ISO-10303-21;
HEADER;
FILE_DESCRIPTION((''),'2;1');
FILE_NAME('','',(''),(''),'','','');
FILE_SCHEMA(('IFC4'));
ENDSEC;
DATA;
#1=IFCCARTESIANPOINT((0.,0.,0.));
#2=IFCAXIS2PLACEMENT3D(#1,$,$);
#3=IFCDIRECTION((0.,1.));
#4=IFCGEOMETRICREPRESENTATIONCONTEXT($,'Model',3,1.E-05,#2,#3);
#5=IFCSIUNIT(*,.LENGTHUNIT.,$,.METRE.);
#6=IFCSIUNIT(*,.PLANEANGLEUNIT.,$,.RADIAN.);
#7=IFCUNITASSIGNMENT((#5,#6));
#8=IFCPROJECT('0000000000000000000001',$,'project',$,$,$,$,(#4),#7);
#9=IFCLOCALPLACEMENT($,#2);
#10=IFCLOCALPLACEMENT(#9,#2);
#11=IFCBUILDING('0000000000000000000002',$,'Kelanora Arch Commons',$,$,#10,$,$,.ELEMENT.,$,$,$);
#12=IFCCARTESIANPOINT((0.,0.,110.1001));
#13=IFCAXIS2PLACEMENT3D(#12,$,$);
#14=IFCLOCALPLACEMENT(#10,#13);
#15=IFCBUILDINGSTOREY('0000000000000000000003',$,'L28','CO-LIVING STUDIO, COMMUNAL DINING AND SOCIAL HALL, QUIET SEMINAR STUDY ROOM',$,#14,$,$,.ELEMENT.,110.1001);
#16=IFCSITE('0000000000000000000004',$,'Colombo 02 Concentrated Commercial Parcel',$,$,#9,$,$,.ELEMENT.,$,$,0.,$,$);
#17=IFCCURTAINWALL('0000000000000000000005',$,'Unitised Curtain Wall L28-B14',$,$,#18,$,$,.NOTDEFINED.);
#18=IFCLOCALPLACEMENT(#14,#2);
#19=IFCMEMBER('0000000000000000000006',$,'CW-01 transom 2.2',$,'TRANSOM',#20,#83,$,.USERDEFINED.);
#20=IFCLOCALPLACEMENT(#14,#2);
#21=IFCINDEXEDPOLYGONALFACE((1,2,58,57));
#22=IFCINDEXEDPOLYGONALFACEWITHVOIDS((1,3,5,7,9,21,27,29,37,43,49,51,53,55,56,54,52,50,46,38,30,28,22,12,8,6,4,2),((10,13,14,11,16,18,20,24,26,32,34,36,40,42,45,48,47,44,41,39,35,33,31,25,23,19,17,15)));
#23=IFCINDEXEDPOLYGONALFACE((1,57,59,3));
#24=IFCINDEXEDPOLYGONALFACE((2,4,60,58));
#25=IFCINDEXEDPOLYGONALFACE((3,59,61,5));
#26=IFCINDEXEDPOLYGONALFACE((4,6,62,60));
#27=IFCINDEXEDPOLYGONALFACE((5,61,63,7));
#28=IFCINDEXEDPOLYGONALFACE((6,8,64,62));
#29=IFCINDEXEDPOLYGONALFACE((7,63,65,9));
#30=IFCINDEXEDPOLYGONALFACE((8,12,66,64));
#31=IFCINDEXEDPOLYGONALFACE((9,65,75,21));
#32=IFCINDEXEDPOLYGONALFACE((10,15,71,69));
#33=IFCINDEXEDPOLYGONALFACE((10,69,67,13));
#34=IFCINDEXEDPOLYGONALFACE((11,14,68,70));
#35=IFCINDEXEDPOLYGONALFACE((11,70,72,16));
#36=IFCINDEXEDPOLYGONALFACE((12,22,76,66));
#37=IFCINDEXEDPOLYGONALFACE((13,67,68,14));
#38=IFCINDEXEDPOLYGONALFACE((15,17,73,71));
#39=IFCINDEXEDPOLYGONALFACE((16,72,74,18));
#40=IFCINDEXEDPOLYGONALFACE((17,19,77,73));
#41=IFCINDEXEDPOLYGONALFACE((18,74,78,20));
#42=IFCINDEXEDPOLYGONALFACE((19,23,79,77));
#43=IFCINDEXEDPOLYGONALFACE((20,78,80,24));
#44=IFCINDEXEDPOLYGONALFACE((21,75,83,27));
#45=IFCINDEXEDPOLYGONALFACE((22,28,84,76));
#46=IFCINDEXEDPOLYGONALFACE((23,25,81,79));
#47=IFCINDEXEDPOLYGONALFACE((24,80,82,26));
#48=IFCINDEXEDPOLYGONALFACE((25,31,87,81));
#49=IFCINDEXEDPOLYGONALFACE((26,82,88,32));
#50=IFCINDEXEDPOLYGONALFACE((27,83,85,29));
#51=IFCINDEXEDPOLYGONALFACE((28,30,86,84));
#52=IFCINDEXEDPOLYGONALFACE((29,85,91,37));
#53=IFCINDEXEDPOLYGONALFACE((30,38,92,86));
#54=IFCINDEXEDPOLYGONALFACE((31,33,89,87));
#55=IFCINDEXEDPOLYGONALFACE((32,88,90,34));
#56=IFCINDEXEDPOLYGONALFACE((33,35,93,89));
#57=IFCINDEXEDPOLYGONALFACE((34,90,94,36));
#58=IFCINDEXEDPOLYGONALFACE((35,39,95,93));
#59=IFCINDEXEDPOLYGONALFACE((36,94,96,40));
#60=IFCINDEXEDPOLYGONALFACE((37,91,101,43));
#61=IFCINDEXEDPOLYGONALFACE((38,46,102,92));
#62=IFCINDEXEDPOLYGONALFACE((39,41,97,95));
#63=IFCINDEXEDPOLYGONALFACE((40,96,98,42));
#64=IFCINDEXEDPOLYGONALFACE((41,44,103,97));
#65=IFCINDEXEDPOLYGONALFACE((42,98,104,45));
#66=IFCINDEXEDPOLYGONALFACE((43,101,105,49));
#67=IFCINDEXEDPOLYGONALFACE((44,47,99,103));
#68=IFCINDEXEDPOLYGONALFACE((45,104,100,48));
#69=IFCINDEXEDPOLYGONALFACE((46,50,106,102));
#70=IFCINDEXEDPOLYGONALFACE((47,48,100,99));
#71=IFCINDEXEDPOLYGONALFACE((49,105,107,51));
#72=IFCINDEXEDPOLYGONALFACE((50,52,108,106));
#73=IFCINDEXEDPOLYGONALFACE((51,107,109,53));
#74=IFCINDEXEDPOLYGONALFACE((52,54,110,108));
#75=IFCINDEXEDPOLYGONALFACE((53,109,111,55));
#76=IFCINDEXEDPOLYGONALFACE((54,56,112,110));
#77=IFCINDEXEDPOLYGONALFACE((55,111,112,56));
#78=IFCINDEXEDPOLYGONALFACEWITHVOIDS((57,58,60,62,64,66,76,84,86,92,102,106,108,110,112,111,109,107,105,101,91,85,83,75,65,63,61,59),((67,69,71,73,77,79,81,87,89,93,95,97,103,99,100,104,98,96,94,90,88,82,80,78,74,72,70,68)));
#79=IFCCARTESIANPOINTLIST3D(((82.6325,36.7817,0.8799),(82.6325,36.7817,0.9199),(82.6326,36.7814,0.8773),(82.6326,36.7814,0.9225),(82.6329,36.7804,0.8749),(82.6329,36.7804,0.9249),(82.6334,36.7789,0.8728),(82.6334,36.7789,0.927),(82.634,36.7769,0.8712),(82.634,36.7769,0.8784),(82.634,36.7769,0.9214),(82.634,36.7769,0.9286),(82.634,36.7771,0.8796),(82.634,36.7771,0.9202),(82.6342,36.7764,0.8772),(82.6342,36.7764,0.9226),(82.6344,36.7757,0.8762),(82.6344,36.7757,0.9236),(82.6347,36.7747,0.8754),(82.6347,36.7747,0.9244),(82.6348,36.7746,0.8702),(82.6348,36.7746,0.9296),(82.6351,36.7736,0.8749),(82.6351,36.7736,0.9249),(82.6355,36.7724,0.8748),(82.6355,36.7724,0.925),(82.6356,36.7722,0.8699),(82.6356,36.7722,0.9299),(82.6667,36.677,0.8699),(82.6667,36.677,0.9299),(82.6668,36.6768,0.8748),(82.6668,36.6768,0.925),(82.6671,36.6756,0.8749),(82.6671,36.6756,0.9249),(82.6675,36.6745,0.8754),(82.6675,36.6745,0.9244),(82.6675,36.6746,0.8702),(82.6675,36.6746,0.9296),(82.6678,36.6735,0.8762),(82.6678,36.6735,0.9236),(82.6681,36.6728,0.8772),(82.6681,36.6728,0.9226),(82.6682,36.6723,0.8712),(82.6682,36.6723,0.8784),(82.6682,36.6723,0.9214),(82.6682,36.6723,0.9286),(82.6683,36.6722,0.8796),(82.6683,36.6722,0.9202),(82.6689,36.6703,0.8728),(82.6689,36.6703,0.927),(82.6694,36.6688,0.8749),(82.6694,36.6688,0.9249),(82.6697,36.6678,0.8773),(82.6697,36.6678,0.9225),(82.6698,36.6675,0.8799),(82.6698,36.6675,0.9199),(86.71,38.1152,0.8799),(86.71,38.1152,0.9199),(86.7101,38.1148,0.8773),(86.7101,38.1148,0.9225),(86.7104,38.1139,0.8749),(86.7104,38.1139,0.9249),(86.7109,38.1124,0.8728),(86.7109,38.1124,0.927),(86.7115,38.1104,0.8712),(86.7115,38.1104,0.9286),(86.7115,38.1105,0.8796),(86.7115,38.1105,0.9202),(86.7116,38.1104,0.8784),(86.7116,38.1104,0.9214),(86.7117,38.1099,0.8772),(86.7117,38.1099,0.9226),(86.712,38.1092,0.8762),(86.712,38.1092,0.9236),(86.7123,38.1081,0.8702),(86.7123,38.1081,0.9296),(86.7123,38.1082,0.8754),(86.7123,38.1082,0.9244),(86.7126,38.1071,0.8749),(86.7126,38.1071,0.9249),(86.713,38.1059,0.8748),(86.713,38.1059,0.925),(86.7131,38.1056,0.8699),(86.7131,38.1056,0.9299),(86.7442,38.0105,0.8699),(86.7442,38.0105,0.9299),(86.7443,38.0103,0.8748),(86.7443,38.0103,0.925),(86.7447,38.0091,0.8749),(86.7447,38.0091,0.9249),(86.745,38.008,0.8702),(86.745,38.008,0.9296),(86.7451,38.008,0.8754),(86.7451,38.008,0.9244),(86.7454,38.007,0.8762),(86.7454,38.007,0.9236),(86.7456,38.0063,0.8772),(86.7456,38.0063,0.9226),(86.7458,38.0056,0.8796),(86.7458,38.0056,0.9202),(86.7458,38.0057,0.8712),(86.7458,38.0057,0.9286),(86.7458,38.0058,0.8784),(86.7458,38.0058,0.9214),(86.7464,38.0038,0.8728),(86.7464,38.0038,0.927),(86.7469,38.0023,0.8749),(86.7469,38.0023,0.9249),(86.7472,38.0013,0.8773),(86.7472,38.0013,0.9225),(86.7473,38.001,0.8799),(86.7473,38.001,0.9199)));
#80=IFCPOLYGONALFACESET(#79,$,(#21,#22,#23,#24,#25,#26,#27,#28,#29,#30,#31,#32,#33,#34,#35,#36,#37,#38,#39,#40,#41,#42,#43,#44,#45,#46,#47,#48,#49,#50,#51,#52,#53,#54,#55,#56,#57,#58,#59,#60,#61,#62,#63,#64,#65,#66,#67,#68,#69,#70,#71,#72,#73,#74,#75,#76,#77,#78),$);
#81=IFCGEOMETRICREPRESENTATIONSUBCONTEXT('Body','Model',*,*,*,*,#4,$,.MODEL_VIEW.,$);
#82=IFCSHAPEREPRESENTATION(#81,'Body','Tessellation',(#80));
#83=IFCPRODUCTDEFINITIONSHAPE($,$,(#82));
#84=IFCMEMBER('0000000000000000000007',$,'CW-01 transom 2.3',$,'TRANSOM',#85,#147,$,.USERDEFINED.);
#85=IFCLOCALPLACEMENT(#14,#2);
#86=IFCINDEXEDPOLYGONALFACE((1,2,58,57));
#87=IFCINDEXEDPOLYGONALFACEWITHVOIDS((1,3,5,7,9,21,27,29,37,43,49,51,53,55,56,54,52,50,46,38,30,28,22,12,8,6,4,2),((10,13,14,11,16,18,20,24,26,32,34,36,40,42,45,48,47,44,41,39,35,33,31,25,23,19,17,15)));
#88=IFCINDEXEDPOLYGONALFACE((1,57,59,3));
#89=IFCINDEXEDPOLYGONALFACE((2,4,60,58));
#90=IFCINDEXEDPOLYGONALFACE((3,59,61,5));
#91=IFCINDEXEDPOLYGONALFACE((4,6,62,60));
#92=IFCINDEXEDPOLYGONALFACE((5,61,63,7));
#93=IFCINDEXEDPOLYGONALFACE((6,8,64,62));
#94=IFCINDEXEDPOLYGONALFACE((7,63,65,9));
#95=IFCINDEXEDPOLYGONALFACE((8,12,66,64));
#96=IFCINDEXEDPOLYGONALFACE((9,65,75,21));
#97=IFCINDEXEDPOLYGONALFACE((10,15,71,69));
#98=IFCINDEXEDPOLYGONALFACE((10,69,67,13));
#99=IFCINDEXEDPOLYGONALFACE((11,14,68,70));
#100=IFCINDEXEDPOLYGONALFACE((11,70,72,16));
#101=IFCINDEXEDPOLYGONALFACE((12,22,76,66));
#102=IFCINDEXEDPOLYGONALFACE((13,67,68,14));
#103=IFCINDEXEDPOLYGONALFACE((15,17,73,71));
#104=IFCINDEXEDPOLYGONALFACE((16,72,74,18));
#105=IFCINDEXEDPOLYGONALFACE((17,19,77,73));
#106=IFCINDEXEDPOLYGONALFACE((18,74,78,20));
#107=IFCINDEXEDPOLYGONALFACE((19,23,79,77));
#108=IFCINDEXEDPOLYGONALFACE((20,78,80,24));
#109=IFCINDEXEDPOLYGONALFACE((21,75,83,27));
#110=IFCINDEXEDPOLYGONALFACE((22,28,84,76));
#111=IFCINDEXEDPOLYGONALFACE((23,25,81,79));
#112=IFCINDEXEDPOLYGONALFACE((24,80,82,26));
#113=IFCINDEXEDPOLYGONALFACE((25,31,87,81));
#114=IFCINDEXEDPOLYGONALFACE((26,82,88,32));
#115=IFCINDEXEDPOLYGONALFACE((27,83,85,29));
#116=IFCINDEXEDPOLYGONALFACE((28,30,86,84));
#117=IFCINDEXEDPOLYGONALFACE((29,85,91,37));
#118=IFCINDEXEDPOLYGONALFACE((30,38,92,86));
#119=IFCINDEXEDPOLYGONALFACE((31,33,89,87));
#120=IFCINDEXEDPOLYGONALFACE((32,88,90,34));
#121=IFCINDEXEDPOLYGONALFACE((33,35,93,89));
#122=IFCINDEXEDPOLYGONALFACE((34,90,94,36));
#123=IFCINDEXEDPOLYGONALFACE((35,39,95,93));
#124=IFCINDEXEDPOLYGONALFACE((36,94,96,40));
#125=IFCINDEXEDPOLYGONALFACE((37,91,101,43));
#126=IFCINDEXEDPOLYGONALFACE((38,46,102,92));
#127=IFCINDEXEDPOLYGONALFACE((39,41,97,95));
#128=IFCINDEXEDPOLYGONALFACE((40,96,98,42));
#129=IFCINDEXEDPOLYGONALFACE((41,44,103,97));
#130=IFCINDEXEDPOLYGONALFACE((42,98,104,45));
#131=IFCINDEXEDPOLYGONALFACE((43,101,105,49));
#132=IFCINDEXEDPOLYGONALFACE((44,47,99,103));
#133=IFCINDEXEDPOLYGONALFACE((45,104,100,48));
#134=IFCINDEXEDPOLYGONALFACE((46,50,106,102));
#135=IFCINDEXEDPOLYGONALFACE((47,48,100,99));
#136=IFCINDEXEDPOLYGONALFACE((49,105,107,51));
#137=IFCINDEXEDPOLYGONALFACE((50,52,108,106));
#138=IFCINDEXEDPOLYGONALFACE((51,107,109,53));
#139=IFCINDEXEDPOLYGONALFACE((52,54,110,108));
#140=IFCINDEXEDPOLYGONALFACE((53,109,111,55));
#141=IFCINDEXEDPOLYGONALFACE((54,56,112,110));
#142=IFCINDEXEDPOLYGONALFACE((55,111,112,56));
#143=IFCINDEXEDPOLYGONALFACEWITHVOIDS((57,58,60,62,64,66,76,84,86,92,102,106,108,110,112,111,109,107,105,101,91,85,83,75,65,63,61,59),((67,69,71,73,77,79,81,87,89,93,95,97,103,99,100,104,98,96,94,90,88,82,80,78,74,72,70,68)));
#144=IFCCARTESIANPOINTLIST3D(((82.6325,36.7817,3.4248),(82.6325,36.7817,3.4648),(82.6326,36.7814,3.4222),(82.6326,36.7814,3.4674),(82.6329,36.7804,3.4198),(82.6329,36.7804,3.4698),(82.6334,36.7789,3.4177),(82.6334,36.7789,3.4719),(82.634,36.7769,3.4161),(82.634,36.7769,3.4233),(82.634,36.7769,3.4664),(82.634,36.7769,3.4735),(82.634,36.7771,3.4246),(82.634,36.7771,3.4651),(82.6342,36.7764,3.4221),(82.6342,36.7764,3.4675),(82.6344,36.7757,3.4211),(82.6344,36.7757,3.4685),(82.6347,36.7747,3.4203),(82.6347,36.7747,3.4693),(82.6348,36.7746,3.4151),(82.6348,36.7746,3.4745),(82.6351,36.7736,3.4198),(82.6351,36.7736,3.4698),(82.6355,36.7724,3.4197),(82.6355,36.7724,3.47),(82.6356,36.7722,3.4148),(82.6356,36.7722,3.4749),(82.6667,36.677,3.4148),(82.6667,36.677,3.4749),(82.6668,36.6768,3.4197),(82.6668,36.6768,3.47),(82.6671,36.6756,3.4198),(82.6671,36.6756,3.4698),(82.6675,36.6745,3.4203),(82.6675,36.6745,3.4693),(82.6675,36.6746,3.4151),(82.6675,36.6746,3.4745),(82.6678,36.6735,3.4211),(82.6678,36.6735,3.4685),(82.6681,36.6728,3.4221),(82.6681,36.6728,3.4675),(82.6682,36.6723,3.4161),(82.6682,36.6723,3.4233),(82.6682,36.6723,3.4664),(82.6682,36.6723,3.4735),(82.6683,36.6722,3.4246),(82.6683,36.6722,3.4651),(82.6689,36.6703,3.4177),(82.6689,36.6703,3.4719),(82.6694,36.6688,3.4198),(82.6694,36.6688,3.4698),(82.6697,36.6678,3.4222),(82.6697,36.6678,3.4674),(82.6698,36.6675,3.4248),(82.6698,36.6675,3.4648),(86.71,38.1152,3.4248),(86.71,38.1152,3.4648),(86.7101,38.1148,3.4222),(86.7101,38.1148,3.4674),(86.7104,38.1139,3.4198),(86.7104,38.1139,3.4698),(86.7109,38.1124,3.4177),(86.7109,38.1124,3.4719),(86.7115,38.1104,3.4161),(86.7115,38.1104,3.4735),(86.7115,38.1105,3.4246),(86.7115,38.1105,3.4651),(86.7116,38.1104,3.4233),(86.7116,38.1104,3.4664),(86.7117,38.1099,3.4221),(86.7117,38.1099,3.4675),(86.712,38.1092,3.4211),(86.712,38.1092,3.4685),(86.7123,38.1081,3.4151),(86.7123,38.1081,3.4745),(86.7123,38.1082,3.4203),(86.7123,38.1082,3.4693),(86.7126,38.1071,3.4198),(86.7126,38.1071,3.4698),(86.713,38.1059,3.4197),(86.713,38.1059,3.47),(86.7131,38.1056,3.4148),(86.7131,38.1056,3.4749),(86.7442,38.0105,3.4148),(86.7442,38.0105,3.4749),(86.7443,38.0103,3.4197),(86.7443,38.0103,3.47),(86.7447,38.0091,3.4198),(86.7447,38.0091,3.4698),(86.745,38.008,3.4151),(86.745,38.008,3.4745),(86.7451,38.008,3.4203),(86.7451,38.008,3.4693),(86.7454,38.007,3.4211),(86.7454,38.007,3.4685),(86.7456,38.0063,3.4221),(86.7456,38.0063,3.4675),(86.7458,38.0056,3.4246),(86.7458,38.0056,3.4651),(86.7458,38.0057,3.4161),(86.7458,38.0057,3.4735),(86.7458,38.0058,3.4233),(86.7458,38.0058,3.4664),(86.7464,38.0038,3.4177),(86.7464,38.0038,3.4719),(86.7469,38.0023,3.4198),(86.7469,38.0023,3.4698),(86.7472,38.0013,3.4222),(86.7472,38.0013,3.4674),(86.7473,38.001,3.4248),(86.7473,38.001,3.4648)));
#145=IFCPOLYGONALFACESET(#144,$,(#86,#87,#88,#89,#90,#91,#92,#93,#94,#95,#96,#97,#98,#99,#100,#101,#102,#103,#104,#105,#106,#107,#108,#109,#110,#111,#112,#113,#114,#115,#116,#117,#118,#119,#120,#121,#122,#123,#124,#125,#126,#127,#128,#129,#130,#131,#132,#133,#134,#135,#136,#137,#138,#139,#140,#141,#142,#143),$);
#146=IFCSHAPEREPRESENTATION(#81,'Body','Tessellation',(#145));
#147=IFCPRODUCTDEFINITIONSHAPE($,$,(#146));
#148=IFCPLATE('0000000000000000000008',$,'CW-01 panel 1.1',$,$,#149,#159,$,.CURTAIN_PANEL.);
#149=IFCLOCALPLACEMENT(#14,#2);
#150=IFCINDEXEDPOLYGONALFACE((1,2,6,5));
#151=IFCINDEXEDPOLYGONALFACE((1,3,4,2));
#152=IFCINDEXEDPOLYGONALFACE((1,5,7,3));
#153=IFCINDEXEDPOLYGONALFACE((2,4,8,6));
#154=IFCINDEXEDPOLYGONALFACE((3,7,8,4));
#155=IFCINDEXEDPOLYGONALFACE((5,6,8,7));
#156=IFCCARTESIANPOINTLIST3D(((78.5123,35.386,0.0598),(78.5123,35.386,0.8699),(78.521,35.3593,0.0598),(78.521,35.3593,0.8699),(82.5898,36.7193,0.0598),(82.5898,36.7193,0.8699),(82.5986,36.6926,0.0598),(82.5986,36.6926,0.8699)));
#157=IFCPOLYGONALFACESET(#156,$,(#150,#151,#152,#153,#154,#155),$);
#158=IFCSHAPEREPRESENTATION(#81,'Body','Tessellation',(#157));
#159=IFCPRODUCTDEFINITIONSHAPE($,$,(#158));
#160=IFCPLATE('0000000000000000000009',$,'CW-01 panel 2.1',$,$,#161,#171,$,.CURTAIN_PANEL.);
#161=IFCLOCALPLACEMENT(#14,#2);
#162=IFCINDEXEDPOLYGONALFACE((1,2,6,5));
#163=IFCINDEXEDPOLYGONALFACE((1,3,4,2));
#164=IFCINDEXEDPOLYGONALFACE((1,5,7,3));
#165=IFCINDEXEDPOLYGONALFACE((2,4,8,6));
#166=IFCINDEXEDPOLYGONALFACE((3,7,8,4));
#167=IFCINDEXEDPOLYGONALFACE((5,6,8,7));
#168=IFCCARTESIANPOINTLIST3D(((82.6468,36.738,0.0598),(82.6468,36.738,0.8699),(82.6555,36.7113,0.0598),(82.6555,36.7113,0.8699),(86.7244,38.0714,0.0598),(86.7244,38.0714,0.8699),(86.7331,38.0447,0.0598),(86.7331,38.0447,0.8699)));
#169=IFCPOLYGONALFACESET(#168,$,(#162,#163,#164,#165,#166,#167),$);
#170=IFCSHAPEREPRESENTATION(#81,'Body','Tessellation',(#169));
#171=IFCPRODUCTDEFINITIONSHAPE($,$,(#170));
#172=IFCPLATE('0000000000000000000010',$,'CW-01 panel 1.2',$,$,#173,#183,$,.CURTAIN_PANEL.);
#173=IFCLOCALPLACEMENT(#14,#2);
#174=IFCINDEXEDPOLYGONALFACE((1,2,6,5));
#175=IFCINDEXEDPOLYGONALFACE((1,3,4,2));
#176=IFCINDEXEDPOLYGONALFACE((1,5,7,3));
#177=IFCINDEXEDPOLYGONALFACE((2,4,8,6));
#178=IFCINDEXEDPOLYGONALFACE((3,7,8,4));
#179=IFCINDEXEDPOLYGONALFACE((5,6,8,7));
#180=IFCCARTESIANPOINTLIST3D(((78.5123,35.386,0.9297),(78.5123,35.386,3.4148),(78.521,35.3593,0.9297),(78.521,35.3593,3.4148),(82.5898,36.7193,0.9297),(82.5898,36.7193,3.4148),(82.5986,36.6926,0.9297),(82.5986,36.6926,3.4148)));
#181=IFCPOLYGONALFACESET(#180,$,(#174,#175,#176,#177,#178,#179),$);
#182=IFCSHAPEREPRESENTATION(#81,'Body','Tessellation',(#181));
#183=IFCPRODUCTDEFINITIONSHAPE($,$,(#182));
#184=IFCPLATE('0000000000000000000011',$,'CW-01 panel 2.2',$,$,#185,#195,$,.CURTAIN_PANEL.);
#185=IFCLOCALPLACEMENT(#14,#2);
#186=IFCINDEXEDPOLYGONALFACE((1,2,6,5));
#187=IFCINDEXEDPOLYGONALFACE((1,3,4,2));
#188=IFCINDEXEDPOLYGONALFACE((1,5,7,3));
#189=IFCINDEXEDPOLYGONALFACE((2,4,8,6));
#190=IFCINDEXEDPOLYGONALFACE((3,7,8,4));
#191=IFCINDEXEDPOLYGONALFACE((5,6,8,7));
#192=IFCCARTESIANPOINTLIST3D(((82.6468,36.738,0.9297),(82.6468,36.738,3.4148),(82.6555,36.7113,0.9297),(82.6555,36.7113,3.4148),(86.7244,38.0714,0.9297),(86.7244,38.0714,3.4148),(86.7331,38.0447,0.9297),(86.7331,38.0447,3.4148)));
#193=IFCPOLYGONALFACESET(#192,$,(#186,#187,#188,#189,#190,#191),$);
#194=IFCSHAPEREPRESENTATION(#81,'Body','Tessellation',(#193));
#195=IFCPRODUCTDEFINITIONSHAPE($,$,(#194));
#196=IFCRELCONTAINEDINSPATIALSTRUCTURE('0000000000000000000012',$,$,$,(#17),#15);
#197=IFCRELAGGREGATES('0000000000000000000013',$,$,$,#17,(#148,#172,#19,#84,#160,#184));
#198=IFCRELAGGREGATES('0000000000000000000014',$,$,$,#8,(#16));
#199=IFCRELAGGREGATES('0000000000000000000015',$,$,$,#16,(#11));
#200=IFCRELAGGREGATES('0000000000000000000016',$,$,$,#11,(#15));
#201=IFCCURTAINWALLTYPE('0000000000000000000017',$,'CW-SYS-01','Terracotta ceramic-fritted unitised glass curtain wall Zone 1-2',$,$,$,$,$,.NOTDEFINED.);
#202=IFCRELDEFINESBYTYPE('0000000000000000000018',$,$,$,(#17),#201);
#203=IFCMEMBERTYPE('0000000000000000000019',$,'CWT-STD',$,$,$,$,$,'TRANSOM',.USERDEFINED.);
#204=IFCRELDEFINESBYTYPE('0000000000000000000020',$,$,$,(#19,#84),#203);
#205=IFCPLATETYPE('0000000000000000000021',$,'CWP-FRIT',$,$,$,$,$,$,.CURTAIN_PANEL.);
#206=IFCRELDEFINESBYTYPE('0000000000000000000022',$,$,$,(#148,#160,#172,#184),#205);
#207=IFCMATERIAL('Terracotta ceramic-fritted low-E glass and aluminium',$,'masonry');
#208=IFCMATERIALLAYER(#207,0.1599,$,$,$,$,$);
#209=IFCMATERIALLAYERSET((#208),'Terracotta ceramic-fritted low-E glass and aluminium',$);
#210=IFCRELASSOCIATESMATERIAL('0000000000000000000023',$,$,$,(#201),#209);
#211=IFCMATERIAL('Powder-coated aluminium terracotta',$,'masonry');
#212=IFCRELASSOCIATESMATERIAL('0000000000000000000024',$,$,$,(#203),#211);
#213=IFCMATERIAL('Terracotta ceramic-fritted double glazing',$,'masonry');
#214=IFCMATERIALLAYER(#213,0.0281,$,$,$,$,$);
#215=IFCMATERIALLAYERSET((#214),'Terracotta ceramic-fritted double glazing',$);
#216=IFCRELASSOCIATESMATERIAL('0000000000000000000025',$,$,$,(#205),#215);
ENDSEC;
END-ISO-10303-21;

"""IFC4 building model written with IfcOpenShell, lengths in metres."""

from ifc_helpers import new_model, si_unit, direction, frame, origin, origin_2d, place, context, subcontext, project, spatial, rectangle, hollow_rectangle, extrude, source, transform, mapped, material, layer, layer_set, material_profile, profile_set, type_object, element, aggregate, save


model = new_model("IFC4")

# Units and contexts
model_context = context("Model", 3, precision=1e-05, world=origin(), true_north=direction((0.0, 1.0)))
body_context = subcontext(model_context, "Body", "Model", "MODEL_VIEW")
ifc_project = project(units=[si_unit("LENGTHUNIT", "METRE"), si_unit("PLANEANGLEUNIT", "RADIAN")], contexts=[model_context])

# Site, building, storey
site_placement = place(None, origin())
site = spatial("IfcSite", under=ifc_project, at=site_placement, Name="Colombo 02 Concentrated Commercial Parcel", CompositionType="ELEMENT", RefElevation=0.0)
building_placement = place(site_placement, origin())
building = spatial("IfcBuilding", under=site, at=building_placement, Name="Kelanora Arch Commons", CompositionType="ELEMENT")
storey_placement = place(building_placement, frame((0.0, 0.0, 110.1001)))
storey = spatial("IfcBuildingStorey", under=building, at=storey_placement, Name="L28", Description="CO-LIVING STUDIO, COMMUNAL DINING AND SOCIAL HALL, QUIET SEMINAR STUDY ROOM", CompositionType="ELEMENT", Elevation=110.1001)

# Curtain wall, members, plates
ifc_material_1 = material(Name="Terracotta ceramic-fritted low-E glass and aluminium", Category="masonry")
ifc_layer_1 = layer(ifc_material_1, 0.1599)
ifc_layer_set_1 = layer_set([ifc_layer_1], Name="Terracotta ceramic-fritted low-E glass and aluminium")
curtain_wall_type = type_object("IfcCurtainWallType", Name="CW-SYS-01", Description="Terracotta ceramic-fritted unitised glass curtain wall Zone 1-2", PredefinedType="NOTDEFINED", material=ifc_layer_set_1)
curtain_wall_placement = place(storey_placement, origin())
curtain_wall = element("IfcCurtainWall", 1, at=curtain_wall_placement, inside=storey, type_object=curtain_wall_type, Name="Unitised Curtain Wall L28-B14", PredefinedType="NOTDEFINED")
ifc_material_2 = material(Name="Powder-coated aluminium terracotta", Category="masonry")
ifc_material_profile_1 = material_profile(ifc_material_2, hollow_rectangle(XDim=0.1201, YDim=0.0601, WallThickness=0.0049, InnerFilletRadius=0.0049, OuterFilletRadius=0.01, at=origin_2d()), Name="CWT120x60")
ifc_profile_set_1 = profile_set([ifc_material_profile_1], Name="Powder-coated aluminium terracotta")
member_type_1 = type_object("IfcMemberType", Name="CWT-STD", ElementType="TRANSOM", PredefinedType="USERDEFINED", material=ifc_profile_set_1)
member_1_placement = place(storey_placement, frame((82.6511, 36.7246, 0.8999), z_axis=(0.950466, 0.310828, 0.0), x_axis=(-0.310828, 0.950466, 0.0)))
member_1 = element("IfcMember", 2, at=member_1_placement, type_object=member_type_1, Name="CW-01 transom 2.2", ObjectType="TRANSOM", PredefinedType="USERDEFINED", context=body_context, shape_type="SweptSolid", body=[
    extrude(hollow_rectangle(XDim=0.1201, YDim=0.0601, WallThickness=0.0049, InnerFilletRadius=0.0049, OuterFilletRadius=0.01, at=origin_2d()), origin(), (0.0, 0.0, 1.0), 4.29),
])
member_2_placement = place(storey_placement, frame((82.6511, 36.7246, 3.4448), z_axis=(0.950466, 0.310828, 0.0), x_axis=(-0.310828, 0.950466, 0.0)))
member_2 = element("IfcMember", 3, at=member_2_placement, type_object=member_type_1, Name="CW-01 transom 2.3", ObjectType="TRANSOM", PredefinedType="USERDEFINED", context=body_context, shape_type="SweptSolid", body=[
    extrude(hollow_rectangle(XDim=0.1201, YDim=0.0601, WallThickness=0.0049, InnerFilletRadius=0.0049, OuterFilletRadius=0.01, at=origin_2d()), origin(), (0.0, 0.0, 1.0), 4.29),
])
ifc_material_3 = material(Name="Terracotta ceramic-fritted double glazing", Category="masonry")
ifc_layer_2 = layer(ifc_material_3, 0.0281)
ifc_layer_set_2 = layer_set([ifc_layer_2], Name="Terracotta ceramic-fritted double glazing")
plate_type = type_object("IfcPlateType", Name="CWP-FRIT", PredefinedType="CURTAIN_PANEL", material=ifc_layer_set_2)
shared_shape_1 = source(origin(), body_context, "Body", "SweptSolid", [
    extrude(rectangle(XDim=4.29, YDim=0.0281, at=origin_2d()), origin(), (0.0, 0.0, 1.0), 0.8101),
])
plate_1_placement = place(storey_placement, frame((80.5554, 36.0393, 0.0598), z_axis=(0.0, 0.0, 1.0), x_axis=(0.950474, 0.310805, 0.0)))
plate_1 = element("IfcPlate", 4, at=plate_1_placement, type_object=plate_type, Name="CW-01 panel 1.1", PredefinedType="CURTAIN_PANEL", context=body_context, shape_type="MappedRepresentation", body=[
    mapped(shared_shape_1, transform((0.0, 0.0, 0.0), scale=1.0)),
])
plate_2_placement = place(storey_placement, frame((84.6899, 37.3914, 0.0598), z_axis=(0.0, 0.0, 1.0), x_axis=(0.950474, 0.310805, 0.0)))
plate_2 = element("IfcPlate", 5, at=plate_2_placement, type_object=plate_type, Name="CW-01 panel 2.1", PredefinedType="CURTAIN_PANEL", context=body_context, shape_type="MappedRepresentation", body=[
    mapped(shared_shape_1, transform((0.0, 0.0, 0.0), scale=1.0)),
])
shared_shape_2 = source(origin(), body_context, "Body", "SweptSolid", [
    extrude(rectangle(XDim=4.29, YDim=0.0281, at=origin_2d()), origin(), (0.0, 0.0, 1.0), 2.4851),
])
plate_3_placement = place(storey_placement, frame((80.5554, 36.0393, 0.9297), z_axis=(0.0, 0.0, 1.0), x_axis=(0.950474, 0.310805, 0.0)))
plate_3 = element("IfcPlate", 6, at=plate_3_placement, type_object=plate_type, Name="CW-01 panel 1.2", PredefinedType="CURTAIN_PANEL", context=body_context, shape_type="MappedRepresentation", body=[
    mapped(shared_shape_2, transform((0.0, 0.0, 0.0), scale=1.0)),
])
plate_4_placement = place(storey_placement, frame((84.6899, 37.3914, 0.9297), z_axis=(0.0, 0.0, 1.0), x_axis=(0.950474, 0.310805, 0.0)))
plate_4 = element("IfcPlate", 7, at=plate_4_placement, type_object=plate_type, Name="CW-01 panel 2.2", PredefinedType="CURTAIN_PANEL", context=body_context, shape_type="MappedRepresentation", body=[
    mapped(shared_shape_2, transform((0.0, 0.0, 0.0), scale=1.0)),
])
aggregate(curtain_wall, [plate_1, plate_3, member_1, member_2, plate_2, plate_4])

save(model, "model.ifc")
